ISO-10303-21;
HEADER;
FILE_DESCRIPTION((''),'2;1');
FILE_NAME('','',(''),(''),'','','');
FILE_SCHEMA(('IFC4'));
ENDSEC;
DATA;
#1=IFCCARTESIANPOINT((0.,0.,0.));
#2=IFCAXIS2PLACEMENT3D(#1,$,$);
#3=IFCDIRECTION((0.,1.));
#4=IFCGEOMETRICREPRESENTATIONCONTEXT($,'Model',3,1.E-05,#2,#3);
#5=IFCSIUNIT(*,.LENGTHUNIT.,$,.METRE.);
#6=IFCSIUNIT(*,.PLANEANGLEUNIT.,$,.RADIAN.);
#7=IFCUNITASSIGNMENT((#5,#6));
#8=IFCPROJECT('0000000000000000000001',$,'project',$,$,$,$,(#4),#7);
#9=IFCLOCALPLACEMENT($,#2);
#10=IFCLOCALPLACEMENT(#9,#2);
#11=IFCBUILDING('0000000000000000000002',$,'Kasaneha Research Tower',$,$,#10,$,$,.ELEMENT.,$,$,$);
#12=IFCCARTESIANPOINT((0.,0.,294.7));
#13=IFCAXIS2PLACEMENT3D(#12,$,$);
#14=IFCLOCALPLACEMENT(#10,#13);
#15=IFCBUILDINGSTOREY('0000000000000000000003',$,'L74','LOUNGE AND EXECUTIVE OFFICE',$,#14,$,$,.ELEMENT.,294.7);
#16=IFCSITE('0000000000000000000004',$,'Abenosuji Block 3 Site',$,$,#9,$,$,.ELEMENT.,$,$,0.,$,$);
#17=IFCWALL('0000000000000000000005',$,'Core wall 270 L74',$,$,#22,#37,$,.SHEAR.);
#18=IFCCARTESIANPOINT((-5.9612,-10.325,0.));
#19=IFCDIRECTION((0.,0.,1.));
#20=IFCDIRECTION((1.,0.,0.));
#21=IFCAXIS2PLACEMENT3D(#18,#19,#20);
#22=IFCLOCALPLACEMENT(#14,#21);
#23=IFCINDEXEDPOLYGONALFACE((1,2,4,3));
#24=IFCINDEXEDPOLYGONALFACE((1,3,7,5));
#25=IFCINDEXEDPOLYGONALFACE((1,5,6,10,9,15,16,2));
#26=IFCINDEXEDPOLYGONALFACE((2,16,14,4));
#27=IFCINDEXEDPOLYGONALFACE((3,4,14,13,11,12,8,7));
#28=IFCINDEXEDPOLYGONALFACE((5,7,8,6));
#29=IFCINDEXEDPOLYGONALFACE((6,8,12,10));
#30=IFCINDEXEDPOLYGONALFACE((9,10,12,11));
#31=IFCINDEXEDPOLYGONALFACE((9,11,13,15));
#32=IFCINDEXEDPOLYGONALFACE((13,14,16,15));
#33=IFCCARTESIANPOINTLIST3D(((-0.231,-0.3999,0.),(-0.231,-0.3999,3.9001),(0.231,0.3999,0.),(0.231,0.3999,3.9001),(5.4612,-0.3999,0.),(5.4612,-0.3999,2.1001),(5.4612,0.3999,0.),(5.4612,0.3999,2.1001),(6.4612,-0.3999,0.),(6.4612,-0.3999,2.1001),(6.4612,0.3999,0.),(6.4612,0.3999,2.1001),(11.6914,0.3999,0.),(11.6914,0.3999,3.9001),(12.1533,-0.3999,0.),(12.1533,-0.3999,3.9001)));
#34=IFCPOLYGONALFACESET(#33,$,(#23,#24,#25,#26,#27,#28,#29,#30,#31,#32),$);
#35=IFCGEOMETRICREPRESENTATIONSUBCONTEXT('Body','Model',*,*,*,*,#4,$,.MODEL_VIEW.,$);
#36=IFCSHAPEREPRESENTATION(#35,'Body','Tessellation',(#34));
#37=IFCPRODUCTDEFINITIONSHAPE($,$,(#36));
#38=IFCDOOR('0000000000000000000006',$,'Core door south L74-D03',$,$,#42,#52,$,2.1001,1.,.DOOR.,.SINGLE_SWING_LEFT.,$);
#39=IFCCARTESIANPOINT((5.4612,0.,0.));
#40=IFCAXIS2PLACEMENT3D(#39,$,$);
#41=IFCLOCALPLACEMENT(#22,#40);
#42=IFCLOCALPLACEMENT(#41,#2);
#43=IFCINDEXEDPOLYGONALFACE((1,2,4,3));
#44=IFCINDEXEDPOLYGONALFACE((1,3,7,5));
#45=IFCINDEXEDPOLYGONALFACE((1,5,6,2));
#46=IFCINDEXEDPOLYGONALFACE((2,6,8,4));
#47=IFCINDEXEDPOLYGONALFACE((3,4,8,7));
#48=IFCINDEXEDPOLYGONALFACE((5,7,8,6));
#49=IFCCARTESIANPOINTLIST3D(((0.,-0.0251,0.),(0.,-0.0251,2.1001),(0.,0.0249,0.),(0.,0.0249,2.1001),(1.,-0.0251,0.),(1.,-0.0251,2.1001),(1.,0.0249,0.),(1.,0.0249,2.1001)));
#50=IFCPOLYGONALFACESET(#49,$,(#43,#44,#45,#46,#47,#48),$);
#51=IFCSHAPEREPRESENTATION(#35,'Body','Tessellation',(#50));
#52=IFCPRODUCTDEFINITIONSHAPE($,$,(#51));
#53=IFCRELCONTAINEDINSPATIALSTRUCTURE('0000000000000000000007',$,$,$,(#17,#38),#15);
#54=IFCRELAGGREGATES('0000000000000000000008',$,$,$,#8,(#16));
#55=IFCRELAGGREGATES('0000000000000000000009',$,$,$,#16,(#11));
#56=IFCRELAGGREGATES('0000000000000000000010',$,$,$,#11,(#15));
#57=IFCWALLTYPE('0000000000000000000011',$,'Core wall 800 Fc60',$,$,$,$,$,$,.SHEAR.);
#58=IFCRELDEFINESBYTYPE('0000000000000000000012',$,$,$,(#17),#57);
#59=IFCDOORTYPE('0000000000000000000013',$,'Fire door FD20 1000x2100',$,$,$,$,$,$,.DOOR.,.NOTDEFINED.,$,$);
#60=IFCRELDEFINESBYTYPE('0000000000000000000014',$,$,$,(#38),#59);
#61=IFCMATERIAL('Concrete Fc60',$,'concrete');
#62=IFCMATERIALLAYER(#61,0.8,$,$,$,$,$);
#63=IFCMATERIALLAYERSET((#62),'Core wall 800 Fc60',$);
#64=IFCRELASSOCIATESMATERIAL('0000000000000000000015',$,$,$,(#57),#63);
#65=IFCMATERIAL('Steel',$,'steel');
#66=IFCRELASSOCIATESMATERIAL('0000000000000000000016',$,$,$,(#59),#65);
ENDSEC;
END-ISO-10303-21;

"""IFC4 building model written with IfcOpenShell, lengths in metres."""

from ifc_helpers import new_model, si_unit, direction, frame, frame_2d, origin, place, context, subcontext, project, spatial, polyline, rectangle, outline, extrude, material, layer, layer_set, type_object, element, fill, save


model = new_model("IFC4")

# Units and contexts
model_context = context("Model", 3, precision=1e-05, world=origin(), true_north=direction((0.0, 1.0)))
body_context = subcontext(model_context, "Body", "Model", "MODEL_VIEW")
ifc_project = project(units=[si_unit("LENGTHUNIT", "METRE"), si_unit("PLANEANGLEUNIT", "RADIAN")], contexts=[model_context])

# Site, building, storey
site_placement = place(None, origin())
site = spatial("IfcSite", under=ifc_project, at=site_placement, Name="Abenosuji Block 3 Site", CompositionType="ELEMENT", RefElevation=0.0)
building_placement = place(site_placement, origin())
building = spatial("IfcBuilding", under=site, at=building_placement, Name="Kasaneha Research Tower", CompositionType="ELEMENT")
storey_placement = place(building_placement, frame((0.0, 0.0, 294.7)))
storey = spatial("IfcBuildingStorey", under=building, at=storey_placement, Name="L74", Description="LOUNGE AND EXECUTIVE OFFICE", CompositionType="ELEMENT", Elevation=294.7)

# Wall, opening, door
ifc_material_1 = material(Name="Concrete Fc60", Category="concrete")
ifc_layer_1 = layer(ifc_material_1, 0.8)
ifc_layer_set_1 = layer_set([ifc_layer_1], Name="Core wall 800 Fc60")
wall_type_1 = type_object("IfcWallType", Name="Core wall 800 Fc60", PredefinedType="SHEAR", material=ifc_layer_set_1)
wall_1_placement = place(storey_placement, frame((-5.9612, -10.325, 0.0), z_axis=(0.0, 0.0, 1.0), x_axis=(1.0, 0.0, 0.0)))
wall_1 = element("IfcWall", 1, at=wall_1_placement, inside=storey, type_object=wall_type_1, Name="Core wall 270 L74", PredefinedType="SHEAR", context=body_context, shape_type="SweptSolid", body=[
    extrude(outline(polyline([(-0.231, -0.3999), (5.4612, -0.3999), (6.4612, -0.3999), (12.1533, -0.3999), (11.6914, 0.3999), (6.4612, 0.3999), (5.4612, 0.3999), (0.231, 0.3999), (-0.231, -0.3999)])), origin(), (0.0, 0.0, 1.0), 3.9001),
])
opening_1_placement = place(wall_1_placement, frame((5.4612, 0.0, 0.0)))
opening_1 = element("IfcOpeningElement", 2, at=opening_1_placement, cuts=wall_1, PredefinedType="OPENING", context=body_context, shape_type="SweptSolid", body=[
    extrude(rectangle(XDim=1.0, YDim=2.1001, at=frame_2d((0.5, 1.05))), frame((0.0, 0.4102, 0.0), z_axis=(0.0, -1.0, 0.0), x_axis=(1.0, 0.0, 0.0)), (0.0, 0.0, 1.0), 0.8201),
])
ifc_material_2 = material(Name="Steel", Category="steel")
door_type_1 = type_object("IfcDoorType", Name="Fire door FD20 1000x2100", OperationType="NOTDEFINED", PredefinedType="DOOR", material=ifc_material_2)
door_1_placement = place(opening_1_placement, origin())
door_1 = element("IfcDoor", 3, at=door_1_placement, inside=storey, type_object=door_type_1, Name="Core door south L74-D03", OperationType="SINGLE_SWING_LEFT", OverallHeight=2.1001, OverallWidth=1.0, PredefinedType="DOOR", context=body_context, shape_type="SweptSolid", body=[
    extrude(rectangle(XDim=1.0, YDim=2.1001, at=frame_2d((0.5, 1.05))), frame((0.0, 0.0249, 0.0), z_axis=(0.0, -1.0, 0.0), x_axis=(1.0, 0.0, 0.0)), (0.0, 0.0, 1.0), 0.05),
])
fill(opening_1, door_1)

save(model, "model.ifc")
